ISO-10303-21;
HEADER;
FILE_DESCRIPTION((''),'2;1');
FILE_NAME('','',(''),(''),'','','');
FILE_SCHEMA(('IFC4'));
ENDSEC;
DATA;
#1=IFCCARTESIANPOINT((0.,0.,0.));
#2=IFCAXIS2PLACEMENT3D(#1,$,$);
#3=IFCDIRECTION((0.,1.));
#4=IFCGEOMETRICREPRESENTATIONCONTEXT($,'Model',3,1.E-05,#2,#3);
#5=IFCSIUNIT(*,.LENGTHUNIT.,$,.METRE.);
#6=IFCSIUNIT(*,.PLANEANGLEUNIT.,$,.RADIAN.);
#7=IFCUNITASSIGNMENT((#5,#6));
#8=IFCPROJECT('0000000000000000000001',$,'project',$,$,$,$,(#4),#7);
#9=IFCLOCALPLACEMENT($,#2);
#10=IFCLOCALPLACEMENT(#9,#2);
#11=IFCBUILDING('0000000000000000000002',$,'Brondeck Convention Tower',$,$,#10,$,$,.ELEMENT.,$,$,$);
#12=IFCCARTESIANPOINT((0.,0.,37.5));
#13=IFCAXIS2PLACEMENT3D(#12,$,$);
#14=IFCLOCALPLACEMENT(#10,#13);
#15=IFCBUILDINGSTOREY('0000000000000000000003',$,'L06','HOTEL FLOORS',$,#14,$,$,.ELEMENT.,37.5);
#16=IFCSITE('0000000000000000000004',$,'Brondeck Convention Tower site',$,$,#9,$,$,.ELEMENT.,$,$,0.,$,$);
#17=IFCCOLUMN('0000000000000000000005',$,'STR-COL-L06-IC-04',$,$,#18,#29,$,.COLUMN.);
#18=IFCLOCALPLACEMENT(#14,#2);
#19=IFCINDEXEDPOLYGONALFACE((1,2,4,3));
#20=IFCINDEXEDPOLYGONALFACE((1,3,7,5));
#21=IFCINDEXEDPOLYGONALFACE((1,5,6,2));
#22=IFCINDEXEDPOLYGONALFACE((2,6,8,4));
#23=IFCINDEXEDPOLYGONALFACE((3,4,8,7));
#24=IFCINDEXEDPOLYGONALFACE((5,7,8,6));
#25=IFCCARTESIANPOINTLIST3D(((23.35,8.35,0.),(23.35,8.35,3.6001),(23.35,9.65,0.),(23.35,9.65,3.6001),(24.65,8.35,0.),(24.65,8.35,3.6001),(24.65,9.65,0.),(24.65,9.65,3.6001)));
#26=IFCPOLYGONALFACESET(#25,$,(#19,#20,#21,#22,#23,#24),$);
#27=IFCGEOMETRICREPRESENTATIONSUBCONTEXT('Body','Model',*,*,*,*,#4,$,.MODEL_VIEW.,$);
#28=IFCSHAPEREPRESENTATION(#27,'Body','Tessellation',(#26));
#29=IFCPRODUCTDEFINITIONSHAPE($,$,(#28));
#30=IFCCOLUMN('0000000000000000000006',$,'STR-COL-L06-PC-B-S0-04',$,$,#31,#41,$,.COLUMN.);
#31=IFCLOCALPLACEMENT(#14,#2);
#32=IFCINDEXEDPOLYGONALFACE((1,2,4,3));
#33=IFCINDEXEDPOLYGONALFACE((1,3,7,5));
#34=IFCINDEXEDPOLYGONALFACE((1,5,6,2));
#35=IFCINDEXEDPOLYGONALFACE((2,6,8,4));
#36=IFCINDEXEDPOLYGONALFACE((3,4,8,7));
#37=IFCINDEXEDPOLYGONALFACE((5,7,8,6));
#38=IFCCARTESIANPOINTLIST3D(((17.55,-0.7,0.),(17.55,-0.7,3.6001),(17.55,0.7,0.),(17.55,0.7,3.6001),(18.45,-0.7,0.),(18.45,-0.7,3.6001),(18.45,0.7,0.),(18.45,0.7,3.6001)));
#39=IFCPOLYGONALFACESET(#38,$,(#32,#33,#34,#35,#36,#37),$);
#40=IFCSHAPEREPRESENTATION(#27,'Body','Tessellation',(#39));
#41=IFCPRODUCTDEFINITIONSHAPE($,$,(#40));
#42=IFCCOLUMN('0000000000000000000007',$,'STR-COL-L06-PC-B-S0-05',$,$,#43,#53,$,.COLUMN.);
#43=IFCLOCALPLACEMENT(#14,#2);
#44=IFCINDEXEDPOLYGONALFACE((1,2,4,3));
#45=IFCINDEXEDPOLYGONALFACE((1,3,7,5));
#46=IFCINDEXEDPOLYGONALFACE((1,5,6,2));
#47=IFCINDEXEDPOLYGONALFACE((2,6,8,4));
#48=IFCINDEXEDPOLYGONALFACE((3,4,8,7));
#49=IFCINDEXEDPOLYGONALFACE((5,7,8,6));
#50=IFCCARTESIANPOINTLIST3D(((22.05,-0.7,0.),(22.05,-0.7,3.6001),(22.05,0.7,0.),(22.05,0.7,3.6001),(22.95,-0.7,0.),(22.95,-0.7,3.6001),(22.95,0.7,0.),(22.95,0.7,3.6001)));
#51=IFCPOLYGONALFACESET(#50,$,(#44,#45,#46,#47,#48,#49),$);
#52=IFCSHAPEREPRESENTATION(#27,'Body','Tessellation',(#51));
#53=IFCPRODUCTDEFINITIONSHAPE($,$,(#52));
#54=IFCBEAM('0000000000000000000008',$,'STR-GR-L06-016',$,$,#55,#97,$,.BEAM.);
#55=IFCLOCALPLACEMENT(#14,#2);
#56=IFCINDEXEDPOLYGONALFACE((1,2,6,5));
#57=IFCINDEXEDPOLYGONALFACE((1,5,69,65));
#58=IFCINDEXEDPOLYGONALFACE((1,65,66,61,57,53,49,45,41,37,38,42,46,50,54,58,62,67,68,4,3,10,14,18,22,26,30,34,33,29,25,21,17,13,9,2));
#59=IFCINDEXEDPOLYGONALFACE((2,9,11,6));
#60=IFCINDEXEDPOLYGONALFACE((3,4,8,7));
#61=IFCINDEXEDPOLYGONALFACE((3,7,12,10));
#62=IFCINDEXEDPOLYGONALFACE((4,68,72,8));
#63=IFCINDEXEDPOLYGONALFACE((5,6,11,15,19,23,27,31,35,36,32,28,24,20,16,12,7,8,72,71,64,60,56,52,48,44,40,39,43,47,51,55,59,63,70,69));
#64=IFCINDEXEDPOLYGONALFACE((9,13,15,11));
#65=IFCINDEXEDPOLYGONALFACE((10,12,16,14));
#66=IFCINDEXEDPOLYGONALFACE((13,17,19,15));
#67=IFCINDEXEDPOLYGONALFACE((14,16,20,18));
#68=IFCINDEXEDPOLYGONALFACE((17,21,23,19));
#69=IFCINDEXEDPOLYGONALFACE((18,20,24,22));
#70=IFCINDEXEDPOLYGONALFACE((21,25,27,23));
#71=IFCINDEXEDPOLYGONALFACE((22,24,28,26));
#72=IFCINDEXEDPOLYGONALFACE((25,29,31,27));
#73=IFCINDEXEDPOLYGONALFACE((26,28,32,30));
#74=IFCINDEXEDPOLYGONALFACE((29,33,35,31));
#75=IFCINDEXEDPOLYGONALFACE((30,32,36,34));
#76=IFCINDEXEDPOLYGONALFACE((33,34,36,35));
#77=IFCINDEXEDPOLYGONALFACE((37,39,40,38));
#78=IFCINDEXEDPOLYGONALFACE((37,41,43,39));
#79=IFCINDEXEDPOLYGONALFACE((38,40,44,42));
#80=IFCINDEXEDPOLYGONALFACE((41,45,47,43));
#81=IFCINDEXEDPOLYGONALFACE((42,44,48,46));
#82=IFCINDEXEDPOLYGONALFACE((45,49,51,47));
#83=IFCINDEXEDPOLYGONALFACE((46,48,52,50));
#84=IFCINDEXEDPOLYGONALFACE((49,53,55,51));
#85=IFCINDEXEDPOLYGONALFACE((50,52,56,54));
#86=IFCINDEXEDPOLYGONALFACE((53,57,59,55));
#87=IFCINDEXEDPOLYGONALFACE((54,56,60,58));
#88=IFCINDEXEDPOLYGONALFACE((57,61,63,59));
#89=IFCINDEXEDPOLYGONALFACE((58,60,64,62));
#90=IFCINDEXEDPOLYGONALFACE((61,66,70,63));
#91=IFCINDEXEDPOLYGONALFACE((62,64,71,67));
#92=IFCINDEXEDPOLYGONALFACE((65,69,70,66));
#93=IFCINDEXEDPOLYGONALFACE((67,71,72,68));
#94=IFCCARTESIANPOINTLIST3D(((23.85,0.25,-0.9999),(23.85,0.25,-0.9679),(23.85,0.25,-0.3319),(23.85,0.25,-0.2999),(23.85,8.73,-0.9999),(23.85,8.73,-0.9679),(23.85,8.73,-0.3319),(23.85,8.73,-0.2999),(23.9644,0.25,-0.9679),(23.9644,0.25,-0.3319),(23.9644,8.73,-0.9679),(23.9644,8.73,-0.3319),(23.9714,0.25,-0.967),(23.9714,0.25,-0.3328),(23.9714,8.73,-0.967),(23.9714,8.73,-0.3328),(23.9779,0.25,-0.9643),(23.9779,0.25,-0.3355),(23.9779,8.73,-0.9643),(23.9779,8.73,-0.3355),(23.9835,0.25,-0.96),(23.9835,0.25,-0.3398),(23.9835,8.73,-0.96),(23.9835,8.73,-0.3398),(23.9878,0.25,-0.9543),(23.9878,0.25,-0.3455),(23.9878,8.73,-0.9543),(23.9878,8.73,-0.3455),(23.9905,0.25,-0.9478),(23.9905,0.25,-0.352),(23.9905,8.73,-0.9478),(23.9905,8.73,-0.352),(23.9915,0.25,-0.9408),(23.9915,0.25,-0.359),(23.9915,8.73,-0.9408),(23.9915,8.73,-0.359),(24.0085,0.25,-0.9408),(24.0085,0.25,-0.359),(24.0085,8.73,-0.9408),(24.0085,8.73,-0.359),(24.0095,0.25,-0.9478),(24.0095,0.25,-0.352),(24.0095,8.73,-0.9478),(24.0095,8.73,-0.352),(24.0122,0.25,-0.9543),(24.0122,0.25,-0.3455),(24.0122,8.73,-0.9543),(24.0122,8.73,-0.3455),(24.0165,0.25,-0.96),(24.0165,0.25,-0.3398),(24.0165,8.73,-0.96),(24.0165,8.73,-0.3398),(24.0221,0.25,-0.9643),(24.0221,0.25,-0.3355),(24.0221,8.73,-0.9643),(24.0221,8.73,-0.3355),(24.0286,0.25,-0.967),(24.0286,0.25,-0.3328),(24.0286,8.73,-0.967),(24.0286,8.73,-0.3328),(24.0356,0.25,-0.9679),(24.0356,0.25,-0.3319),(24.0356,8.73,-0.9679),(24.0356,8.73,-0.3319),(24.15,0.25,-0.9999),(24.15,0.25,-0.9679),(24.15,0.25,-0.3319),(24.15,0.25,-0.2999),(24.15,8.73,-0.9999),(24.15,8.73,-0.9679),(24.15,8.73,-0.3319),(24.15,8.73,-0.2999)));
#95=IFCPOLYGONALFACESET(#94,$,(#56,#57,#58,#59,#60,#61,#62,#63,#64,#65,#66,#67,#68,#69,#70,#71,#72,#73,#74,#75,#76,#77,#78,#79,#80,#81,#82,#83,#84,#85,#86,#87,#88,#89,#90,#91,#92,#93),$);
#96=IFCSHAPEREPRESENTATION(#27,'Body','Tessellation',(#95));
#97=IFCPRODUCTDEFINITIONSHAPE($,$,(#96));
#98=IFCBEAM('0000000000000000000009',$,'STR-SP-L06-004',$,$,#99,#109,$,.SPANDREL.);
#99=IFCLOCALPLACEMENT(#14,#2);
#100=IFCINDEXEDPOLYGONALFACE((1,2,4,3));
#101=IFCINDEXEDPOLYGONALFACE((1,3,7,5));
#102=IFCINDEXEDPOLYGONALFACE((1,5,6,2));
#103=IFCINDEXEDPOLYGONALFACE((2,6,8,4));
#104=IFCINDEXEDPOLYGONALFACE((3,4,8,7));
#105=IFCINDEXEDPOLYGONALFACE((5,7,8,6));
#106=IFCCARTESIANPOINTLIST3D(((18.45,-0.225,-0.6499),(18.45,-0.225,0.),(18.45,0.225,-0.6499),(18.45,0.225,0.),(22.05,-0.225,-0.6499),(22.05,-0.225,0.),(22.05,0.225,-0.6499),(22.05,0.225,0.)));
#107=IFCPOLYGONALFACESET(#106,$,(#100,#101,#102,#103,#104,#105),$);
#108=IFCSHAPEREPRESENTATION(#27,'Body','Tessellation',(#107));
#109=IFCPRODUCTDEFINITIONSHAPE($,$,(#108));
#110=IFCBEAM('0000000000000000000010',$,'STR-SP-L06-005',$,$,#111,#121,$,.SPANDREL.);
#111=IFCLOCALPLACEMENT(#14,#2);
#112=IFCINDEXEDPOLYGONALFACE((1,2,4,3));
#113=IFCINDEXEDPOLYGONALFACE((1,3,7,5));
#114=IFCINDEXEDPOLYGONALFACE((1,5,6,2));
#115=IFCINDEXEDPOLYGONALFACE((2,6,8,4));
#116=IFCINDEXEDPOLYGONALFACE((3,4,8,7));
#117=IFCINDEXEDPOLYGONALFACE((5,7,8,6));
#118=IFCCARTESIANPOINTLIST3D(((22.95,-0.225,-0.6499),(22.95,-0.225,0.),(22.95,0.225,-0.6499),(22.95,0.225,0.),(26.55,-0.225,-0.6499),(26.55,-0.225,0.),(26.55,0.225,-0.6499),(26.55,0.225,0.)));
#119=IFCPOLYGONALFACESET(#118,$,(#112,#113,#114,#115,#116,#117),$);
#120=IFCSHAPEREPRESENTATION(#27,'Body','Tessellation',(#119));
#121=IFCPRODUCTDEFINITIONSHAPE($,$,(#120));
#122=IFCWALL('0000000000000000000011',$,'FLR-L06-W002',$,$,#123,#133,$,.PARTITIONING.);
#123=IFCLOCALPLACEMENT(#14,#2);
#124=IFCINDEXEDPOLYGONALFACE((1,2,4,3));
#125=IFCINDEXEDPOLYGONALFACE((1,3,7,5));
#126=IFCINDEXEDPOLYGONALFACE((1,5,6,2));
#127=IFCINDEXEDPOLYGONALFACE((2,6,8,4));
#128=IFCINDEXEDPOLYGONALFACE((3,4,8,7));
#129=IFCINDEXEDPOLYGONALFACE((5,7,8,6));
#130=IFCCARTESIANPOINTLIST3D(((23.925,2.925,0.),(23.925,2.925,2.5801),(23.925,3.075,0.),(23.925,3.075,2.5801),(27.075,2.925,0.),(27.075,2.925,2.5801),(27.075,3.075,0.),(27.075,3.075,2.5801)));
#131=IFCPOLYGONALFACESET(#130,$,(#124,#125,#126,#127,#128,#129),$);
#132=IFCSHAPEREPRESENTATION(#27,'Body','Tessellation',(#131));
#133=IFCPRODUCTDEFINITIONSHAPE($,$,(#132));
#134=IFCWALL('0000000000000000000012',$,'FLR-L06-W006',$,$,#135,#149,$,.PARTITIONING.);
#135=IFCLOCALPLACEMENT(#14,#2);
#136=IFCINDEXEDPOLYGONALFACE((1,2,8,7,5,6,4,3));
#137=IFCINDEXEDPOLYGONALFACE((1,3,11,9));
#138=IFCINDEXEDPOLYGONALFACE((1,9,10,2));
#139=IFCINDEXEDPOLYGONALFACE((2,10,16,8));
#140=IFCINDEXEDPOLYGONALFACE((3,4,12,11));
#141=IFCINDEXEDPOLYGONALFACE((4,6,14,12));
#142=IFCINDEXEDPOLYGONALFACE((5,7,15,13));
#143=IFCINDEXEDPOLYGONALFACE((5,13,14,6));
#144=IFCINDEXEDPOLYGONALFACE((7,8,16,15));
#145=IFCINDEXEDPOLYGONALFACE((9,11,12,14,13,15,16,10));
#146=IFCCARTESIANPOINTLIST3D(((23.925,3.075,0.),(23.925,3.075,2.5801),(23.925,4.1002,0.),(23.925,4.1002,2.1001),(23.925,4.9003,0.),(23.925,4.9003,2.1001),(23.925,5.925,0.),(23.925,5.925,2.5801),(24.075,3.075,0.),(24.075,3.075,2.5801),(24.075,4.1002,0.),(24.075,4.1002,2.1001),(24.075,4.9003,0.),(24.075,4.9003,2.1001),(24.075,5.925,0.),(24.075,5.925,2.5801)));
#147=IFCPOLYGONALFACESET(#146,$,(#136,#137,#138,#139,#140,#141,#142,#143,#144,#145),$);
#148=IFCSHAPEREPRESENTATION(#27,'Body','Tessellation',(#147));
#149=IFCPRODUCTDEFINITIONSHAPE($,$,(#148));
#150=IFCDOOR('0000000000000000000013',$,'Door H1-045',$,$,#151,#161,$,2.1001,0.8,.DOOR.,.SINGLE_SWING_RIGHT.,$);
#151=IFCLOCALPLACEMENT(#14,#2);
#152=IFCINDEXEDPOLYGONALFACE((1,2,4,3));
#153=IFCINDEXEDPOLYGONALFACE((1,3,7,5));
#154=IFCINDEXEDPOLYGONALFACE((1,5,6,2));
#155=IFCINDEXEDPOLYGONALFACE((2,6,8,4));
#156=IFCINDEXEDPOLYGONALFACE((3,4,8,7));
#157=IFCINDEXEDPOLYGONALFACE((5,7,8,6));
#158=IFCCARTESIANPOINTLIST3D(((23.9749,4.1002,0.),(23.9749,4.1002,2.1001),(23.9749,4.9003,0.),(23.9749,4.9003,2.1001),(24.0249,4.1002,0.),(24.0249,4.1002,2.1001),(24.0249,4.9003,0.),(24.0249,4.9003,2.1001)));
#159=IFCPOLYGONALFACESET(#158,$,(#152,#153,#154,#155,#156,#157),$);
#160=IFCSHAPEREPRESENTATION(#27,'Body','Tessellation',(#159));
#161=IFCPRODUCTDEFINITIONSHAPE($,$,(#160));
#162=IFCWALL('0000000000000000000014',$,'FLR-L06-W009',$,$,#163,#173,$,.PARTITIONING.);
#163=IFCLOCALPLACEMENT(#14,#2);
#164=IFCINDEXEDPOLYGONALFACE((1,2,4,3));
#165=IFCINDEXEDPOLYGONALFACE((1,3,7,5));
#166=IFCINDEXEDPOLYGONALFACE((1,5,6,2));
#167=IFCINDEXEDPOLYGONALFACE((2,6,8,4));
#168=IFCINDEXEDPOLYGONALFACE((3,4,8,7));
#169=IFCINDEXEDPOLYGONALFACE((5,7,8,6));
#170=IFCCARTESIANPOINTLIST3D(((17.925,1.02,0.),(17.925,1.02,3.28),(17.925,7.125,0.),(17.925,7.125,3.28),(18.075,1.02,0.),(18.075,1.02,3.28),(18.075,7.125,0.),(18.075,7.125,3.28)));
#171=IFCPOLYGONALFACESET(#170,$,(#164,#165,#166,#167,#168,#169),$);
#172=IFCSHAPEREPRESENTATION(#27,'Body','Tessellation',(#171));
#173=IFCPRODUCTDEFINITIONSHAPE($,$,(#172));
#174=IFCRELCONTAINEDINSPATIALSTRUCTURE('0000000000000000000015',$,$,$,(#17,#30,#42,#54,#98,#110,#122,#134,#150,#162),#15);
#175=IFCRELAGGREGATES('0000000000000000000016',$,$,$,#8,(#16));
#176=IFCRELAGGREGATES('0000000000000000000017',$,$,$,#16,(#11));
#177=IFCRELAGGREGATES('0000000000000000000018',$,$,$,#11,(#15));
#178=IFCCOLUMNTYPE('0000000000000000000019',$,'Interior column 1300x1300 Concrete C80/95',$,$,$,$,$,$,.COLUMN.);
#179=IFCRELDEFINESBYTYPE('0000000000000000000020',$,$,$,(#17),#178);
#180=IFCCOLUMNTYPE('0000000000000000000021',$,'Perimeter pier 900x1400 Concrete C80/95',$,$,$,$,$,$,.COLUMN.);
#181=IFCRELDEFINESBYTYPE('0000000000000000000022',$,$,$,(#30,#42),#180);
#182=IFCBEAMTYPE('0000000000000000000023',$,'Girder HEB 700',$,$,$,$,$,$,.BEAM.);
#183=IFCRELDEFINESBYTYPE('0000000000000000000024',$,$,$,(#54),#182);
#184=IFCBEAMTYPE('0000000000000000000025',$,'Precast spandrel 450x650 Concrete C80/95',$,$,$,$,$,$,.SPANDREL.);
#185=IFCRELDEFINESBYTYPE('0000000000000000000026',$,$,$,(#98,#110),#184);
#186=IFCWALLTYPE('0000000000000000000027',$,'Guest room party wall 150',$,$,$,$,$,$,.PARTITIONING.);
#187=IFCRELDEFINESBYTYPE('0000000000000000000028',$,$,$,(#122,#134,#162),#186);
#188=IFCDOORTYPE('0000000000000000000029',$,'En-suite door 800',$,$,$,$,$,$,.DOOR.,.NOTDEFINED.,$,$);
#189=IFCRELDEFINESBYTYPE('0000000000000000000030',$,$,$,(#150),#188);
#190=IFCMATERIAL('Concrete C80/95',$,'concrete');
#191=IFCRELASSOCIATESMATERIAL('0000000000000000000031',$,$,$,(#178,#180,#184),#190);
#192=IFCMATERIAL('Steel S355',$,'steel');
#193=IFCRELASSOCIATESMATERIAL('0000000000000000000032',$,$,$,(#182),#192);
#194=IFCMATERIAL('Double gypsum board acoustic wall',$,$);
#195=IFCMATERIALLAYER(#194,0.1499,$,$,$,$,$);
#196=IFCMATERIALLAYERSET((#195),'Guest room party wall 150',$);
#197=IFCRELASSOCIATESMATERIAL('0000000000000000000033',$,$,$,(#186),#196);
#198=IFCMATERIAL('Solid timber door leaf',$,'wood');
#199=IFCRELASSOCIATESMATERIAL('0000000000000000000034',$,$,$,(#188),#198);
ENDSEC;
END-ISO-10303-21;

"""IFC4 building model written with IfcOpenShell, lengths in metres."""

from ifc_helpers import new_model, si_unit, direction, frame, frame_2d, origin, origin_2d, place, context, subcontext, project, spatial, rectangle, i_section, extrude, material, layer, layer_set, material_profile, profile_set, type_object, element, fill, save


model = new_model("IFC4")

# Units and contexts
model_context = context("Model", 3, precision=1e-05, world=origin(), true_north=direction((0.0, 1.0)))
body_context = subcontext(model_context, "Body", "Model", "MODEL_VIEW")
ifc_project = project(units=[si_unit("LENGTHUNIT", "METRE"), si_unit("PLANEANGLEUNIT", "RADIAN")], contexts=[model_context])

# Site, building, storey
site_placement = place(None, origin())
site = spatial("IfcSite", under=ifc_project, at=site_placement, Name="Brondeck Convention Tower site", CompositionType="ELEMENT", RefElevation=0.0)
building_placement = place(site_placement, origin())
building = spatial("IfcBuilding", under=site, at=building_placement, Name="Brondeck Convention Tower", CompositionType="ELEMENT")
storey_placement = place(building_placement, frame((0.0, 0.0, 37.5)))
storey = spatial("IfcBuildingStorey", under=building, at=storey_placement, Name="L06", Description="HOTEL FLOORS", CompositionType="ELEMENT", Elevation=37.5)

# Columns
ifc_material_1 = material(Name="Concrete C80/95", Category="concrete")
ifc_material_profile_1 = material_profile(ifc_material_1, rectangle(XDim=1.3, YDim=1.3, at=origin_2d()), Name="Interior column 1300x1300 Concrete C80/95")
ifc_profile_set_1 = profile_set([ifc_material_profile_1], Name="Concrete C80/95")
column_type_1 = type_object("IfcColumnType", Name="Interior column 1300x1300 Concrete C80/95", PredefinedType="COLUMN", material=ifc_profile_set_1)
column_placement = place(storey_placement, frame((24.0, 9.0, 0.0), z_axis=(0.0, 0.0, 1.0), x_axis=(1.0, 0.0, 0.0)))
element("IfcColumn", 1, at=column_placement, inside=storey, type_object=column_type_1, Name="STR-COL-L06-IC-04", PredefinedType="COLUMN", context=body_context, shape_type="SweptSolid", body=[
    extrude(rectangle(XDim=1.3, YDim=1.3, at=origin_2d()), origin(), (0.0, 0.0, 1.0), 3.6001),
])
ifc_material_profile_2 = material_profile(ifc_material_1, rectangle(XDim=0.8999, YDim=1.3999, at=origin_2d()), Name="Perimeter pier 900x1400 Concrete C80/95")
ifc_profile_set_2 = profile_set([ifc_material_profile_2], Name="Concrete C80/95")
column_type_2 = type_object("IfcColumnType", Name="Perimeter pier 900x1400 Concrete C80/95", PredefinedType="COLUMN", material=ifc_profile_set_2)
for number, where, z_axis, x_axis, name in (
    (2, (18.0, 0.0, 0.0), (0.0, 0.0, 1.0), (1.0, 0.0, 0.0), "STR-COL-L06-PC-B-S0-04"),
    (3, (22.5, 0.0, 0.0), (0.0, 0.0, 1.0), (1.0, 0.0, 0.0), "STR-COL-L06-PC-B-S0-05"),
):
    element("IfcColumn", number, at=place(storey_placement, frame(where, z_axis=z_axis, x_axis=x_axis)), inside=storey, type_object=column_type_2, Name=name, PredefinedType="COLUMN", context=body_context, shape_type="SweptSolid", body=[
        extrude(rectangle(XDim=0.8999, YDim=1.3999, at=origin_2d()), origin(), (0.0, 0.0, 1.0), 3.6001),
    ])

# Beams
ifc_material_2 = material(Name="Steel S355", Category="steel")
ifc_material_profile_3 = material_profile(ifc_material_2, i_section(OverallWidth=0.3, OverallDepth=0.7, WebThickness=0.0171, FlangeThickness=0.032, FilletRadius=0.0271, at=origin_2d()), Name="HEB 700")
ifc_profile_set_3 = profile_set([ifc_material_profile_3], Name="Steel S355")
beam_type_1 = type_object("IfcBeamType", Name="Girder HEB 700", PredefinedType="BEAM", material=ifc_profile_set_3)
beam_placement = place(storey_placement, frame((24.0, 8.73, -0.6499), z_axis=(0.0, -1.0, 0.0), x_axis=(1.0, 0.0, 0.0)))
element("IfcBeam", 4, at=beam_placement, inside=storey, type_object=beam_type_1, Name="STR-GR-L06-016", PredefinedType="BEAM", context=body_context, shape_type="SweptSolid", body=[
    extrude(i_section(OverallWidth=0.3, OverallDepth=0.7, WebThickness=0.0171, FlangeThickness=0.032, FilletRadius=0.0271, at=origin_2d()), origin(), (0.0, 0.0, 1.0), 8.48),
])
ifc_material_profile_4 = material_profile(ifc_material_1, rectangle(XDim=0.45, YDim=0.6499, at=origin_2d()), Name="Precast spandrel 450x650 Concrete C80/95")
ifc_profile_set_4 = profile_set([ifc_material_profile_4], Name="Concrete C80/95")
beam_type_2 = type_object("IfcBeamType", Name="Precast spandrel 450x650 Concrete C80/95", PredefinedType="SPANDREL", material=ifc_profile_set_4)
for number, where, z_axis, x_axis, name in (
    (5, (18.45, 0.0, -0.325), (1.0, 0.0, 0.0), (0.0, 1.0, 0.0), "STR-SP-L06-004"),
    (6, (22.95, 0.0, -0.325), (1.0, 0.0, 0.0), (0.0, 1.0, 0.0), "STR-SP-L06-005"),
):
    element("IfcBeam", number, at=place(storey_placement, frame(where, z_axis=z_axis, x_axis=x_axis)), inside=storey, type_object=beam_type_2, Name=name, PredefinedType="SPANDREL", context=body_context, shape_type="SweptSolid", body=[
        extrude(rectangle(XDim=0.45, YDim=0.6499, at=origin_2d()), origin(), (0.0, 0.0, 1.0), 3.6001),
    ])

# Wall
ifc_material_3 = material(Name="Double gypsum board acoustic wall")
ifc_layer_1 = layer(ifc_material_3, 0.1499)
ifc_layer_set_1 = layer_set([ifc_layer_1], Name="Guest room party wall 150")
wall_type_1 = type_object("IfcWallType", Name="Guest room party wall 150", PredefinedType="PARTITIONING", material=ifc_layer_set_1)
wall_1_placement = place(storey_placement, frame((23.925, 3.0, 0.0), z_axis=(0.0, 0.0, 1.0), x_axis=(1.0, 0.0, 0.0)))
element("IfcWall", 7, at=wall_1_placement, inside=storey, type_object=wall_type_1, Name="FLR-L06-W002", PredefinedType="PARTITIONING", context=body_context, shape_type="SweptSolid", body=[
    extrude(rectangle(XDim=3.1499, YDim=0.1499, at=frame_2d((1.575, 0.0))), origin(), (0.0, 0.0, 1.0), 2.5801),
])

# Wall, opening, door
wall_2_placement = place(storey_placement, frame((24.0, 5.925, 0.0), z_axis=(0.0, 0.0, 1.0), x_axis=(0.0, -1.0, 0.0)))
wall_2 = element("IfcWall", 8, at=wall_2_placement, inside=storey, type_object=wall_type_1, Name="FLR-L06-W006", PredefinedType="PARTITIONING", context=body_context, shape_type="SweptSolid", body=[
    extrude(rectangle(XDim=2.8501, YDim=0.1499, at=frame_2d((1.425, 0.0))), origin(), (0.0, 0.0, 1.0), 2.5801),
])
opening_1_placement = place(wall_2_placement, frame((1.0249, 0.0, 0.0)))
opening_1 = element("IfcOpeningElement", 9, at=opening_1_placement, cuts=wall_2, PredefinedType="OPENING", context=body_context, shape_type="SweptSolid", body=[
    extrude(rectangle(XDim=0.8, YDim=2.1001, at=frame_2d((0.3999, 1.05))), frame((0.0, 0.085, 0.0), z_axis=(0.0, -1.0, 0.0), x_axis=(1.0, 0.0, 0.0)), (0.0, 0.0, 1.0), 0.1699),
])
ifc_material_4 = material(Name="Solid timber door leaf", Category="wood")
door_type_1 = type_object("IfcDoorType", Name="En-suite door 800", OperationType="NOTDEFINED", PredefinedType="DOOR", material=ifc_material_4)
door_1_placement = place(opening_1_placement, origin())
door_1 = element("IfcDoor", 10, at=door_1_placement, inside=storey, type_object=door_type_1, Name="Door H1-045", OperationType="SINGLE_SWING_RIGHT", OverallHeight=2.1001, OverallWidth=0.8, PredefinedType="DOOR", context=body_context, shape_type="SweptSolid", body=[
    extrude(rectangle(XDim=0.8, YDim=2.1001, at=frame_2d((0.3999, 1.05))), frame((0.0, 0.0249, 0.0), z_axis=(0.0, -1.0, 0.0), x_axis=(1.0, 0.0, 0.0)), (0.0, 0.0, 1.0), 0.05),
])
fill(opening_1, door_1)

# Wall
wall_3_placement = place(storey_placement, frame((18.0, 7.125, 0.0), z_axis=(0.0, 0.0, 1.0), x_axis=(0.0, -1.0, 0.0)))
element("IfcWall", 11, at=wall_3_placement, inside=storey, type_object=wall_type_1, Name="FLR-L06-W009", PredefinedType="PARTITIONING", context=body_context, shape_type="SweptSolid", body=[
    extrude(rectangle(XDim=6.105, YDim=0.1499, at=frame_2d((3.0525, 0.0))), origin(), (0.0, 0.0, 1.0), 3.28),
])

save(model, "model.ifc")
